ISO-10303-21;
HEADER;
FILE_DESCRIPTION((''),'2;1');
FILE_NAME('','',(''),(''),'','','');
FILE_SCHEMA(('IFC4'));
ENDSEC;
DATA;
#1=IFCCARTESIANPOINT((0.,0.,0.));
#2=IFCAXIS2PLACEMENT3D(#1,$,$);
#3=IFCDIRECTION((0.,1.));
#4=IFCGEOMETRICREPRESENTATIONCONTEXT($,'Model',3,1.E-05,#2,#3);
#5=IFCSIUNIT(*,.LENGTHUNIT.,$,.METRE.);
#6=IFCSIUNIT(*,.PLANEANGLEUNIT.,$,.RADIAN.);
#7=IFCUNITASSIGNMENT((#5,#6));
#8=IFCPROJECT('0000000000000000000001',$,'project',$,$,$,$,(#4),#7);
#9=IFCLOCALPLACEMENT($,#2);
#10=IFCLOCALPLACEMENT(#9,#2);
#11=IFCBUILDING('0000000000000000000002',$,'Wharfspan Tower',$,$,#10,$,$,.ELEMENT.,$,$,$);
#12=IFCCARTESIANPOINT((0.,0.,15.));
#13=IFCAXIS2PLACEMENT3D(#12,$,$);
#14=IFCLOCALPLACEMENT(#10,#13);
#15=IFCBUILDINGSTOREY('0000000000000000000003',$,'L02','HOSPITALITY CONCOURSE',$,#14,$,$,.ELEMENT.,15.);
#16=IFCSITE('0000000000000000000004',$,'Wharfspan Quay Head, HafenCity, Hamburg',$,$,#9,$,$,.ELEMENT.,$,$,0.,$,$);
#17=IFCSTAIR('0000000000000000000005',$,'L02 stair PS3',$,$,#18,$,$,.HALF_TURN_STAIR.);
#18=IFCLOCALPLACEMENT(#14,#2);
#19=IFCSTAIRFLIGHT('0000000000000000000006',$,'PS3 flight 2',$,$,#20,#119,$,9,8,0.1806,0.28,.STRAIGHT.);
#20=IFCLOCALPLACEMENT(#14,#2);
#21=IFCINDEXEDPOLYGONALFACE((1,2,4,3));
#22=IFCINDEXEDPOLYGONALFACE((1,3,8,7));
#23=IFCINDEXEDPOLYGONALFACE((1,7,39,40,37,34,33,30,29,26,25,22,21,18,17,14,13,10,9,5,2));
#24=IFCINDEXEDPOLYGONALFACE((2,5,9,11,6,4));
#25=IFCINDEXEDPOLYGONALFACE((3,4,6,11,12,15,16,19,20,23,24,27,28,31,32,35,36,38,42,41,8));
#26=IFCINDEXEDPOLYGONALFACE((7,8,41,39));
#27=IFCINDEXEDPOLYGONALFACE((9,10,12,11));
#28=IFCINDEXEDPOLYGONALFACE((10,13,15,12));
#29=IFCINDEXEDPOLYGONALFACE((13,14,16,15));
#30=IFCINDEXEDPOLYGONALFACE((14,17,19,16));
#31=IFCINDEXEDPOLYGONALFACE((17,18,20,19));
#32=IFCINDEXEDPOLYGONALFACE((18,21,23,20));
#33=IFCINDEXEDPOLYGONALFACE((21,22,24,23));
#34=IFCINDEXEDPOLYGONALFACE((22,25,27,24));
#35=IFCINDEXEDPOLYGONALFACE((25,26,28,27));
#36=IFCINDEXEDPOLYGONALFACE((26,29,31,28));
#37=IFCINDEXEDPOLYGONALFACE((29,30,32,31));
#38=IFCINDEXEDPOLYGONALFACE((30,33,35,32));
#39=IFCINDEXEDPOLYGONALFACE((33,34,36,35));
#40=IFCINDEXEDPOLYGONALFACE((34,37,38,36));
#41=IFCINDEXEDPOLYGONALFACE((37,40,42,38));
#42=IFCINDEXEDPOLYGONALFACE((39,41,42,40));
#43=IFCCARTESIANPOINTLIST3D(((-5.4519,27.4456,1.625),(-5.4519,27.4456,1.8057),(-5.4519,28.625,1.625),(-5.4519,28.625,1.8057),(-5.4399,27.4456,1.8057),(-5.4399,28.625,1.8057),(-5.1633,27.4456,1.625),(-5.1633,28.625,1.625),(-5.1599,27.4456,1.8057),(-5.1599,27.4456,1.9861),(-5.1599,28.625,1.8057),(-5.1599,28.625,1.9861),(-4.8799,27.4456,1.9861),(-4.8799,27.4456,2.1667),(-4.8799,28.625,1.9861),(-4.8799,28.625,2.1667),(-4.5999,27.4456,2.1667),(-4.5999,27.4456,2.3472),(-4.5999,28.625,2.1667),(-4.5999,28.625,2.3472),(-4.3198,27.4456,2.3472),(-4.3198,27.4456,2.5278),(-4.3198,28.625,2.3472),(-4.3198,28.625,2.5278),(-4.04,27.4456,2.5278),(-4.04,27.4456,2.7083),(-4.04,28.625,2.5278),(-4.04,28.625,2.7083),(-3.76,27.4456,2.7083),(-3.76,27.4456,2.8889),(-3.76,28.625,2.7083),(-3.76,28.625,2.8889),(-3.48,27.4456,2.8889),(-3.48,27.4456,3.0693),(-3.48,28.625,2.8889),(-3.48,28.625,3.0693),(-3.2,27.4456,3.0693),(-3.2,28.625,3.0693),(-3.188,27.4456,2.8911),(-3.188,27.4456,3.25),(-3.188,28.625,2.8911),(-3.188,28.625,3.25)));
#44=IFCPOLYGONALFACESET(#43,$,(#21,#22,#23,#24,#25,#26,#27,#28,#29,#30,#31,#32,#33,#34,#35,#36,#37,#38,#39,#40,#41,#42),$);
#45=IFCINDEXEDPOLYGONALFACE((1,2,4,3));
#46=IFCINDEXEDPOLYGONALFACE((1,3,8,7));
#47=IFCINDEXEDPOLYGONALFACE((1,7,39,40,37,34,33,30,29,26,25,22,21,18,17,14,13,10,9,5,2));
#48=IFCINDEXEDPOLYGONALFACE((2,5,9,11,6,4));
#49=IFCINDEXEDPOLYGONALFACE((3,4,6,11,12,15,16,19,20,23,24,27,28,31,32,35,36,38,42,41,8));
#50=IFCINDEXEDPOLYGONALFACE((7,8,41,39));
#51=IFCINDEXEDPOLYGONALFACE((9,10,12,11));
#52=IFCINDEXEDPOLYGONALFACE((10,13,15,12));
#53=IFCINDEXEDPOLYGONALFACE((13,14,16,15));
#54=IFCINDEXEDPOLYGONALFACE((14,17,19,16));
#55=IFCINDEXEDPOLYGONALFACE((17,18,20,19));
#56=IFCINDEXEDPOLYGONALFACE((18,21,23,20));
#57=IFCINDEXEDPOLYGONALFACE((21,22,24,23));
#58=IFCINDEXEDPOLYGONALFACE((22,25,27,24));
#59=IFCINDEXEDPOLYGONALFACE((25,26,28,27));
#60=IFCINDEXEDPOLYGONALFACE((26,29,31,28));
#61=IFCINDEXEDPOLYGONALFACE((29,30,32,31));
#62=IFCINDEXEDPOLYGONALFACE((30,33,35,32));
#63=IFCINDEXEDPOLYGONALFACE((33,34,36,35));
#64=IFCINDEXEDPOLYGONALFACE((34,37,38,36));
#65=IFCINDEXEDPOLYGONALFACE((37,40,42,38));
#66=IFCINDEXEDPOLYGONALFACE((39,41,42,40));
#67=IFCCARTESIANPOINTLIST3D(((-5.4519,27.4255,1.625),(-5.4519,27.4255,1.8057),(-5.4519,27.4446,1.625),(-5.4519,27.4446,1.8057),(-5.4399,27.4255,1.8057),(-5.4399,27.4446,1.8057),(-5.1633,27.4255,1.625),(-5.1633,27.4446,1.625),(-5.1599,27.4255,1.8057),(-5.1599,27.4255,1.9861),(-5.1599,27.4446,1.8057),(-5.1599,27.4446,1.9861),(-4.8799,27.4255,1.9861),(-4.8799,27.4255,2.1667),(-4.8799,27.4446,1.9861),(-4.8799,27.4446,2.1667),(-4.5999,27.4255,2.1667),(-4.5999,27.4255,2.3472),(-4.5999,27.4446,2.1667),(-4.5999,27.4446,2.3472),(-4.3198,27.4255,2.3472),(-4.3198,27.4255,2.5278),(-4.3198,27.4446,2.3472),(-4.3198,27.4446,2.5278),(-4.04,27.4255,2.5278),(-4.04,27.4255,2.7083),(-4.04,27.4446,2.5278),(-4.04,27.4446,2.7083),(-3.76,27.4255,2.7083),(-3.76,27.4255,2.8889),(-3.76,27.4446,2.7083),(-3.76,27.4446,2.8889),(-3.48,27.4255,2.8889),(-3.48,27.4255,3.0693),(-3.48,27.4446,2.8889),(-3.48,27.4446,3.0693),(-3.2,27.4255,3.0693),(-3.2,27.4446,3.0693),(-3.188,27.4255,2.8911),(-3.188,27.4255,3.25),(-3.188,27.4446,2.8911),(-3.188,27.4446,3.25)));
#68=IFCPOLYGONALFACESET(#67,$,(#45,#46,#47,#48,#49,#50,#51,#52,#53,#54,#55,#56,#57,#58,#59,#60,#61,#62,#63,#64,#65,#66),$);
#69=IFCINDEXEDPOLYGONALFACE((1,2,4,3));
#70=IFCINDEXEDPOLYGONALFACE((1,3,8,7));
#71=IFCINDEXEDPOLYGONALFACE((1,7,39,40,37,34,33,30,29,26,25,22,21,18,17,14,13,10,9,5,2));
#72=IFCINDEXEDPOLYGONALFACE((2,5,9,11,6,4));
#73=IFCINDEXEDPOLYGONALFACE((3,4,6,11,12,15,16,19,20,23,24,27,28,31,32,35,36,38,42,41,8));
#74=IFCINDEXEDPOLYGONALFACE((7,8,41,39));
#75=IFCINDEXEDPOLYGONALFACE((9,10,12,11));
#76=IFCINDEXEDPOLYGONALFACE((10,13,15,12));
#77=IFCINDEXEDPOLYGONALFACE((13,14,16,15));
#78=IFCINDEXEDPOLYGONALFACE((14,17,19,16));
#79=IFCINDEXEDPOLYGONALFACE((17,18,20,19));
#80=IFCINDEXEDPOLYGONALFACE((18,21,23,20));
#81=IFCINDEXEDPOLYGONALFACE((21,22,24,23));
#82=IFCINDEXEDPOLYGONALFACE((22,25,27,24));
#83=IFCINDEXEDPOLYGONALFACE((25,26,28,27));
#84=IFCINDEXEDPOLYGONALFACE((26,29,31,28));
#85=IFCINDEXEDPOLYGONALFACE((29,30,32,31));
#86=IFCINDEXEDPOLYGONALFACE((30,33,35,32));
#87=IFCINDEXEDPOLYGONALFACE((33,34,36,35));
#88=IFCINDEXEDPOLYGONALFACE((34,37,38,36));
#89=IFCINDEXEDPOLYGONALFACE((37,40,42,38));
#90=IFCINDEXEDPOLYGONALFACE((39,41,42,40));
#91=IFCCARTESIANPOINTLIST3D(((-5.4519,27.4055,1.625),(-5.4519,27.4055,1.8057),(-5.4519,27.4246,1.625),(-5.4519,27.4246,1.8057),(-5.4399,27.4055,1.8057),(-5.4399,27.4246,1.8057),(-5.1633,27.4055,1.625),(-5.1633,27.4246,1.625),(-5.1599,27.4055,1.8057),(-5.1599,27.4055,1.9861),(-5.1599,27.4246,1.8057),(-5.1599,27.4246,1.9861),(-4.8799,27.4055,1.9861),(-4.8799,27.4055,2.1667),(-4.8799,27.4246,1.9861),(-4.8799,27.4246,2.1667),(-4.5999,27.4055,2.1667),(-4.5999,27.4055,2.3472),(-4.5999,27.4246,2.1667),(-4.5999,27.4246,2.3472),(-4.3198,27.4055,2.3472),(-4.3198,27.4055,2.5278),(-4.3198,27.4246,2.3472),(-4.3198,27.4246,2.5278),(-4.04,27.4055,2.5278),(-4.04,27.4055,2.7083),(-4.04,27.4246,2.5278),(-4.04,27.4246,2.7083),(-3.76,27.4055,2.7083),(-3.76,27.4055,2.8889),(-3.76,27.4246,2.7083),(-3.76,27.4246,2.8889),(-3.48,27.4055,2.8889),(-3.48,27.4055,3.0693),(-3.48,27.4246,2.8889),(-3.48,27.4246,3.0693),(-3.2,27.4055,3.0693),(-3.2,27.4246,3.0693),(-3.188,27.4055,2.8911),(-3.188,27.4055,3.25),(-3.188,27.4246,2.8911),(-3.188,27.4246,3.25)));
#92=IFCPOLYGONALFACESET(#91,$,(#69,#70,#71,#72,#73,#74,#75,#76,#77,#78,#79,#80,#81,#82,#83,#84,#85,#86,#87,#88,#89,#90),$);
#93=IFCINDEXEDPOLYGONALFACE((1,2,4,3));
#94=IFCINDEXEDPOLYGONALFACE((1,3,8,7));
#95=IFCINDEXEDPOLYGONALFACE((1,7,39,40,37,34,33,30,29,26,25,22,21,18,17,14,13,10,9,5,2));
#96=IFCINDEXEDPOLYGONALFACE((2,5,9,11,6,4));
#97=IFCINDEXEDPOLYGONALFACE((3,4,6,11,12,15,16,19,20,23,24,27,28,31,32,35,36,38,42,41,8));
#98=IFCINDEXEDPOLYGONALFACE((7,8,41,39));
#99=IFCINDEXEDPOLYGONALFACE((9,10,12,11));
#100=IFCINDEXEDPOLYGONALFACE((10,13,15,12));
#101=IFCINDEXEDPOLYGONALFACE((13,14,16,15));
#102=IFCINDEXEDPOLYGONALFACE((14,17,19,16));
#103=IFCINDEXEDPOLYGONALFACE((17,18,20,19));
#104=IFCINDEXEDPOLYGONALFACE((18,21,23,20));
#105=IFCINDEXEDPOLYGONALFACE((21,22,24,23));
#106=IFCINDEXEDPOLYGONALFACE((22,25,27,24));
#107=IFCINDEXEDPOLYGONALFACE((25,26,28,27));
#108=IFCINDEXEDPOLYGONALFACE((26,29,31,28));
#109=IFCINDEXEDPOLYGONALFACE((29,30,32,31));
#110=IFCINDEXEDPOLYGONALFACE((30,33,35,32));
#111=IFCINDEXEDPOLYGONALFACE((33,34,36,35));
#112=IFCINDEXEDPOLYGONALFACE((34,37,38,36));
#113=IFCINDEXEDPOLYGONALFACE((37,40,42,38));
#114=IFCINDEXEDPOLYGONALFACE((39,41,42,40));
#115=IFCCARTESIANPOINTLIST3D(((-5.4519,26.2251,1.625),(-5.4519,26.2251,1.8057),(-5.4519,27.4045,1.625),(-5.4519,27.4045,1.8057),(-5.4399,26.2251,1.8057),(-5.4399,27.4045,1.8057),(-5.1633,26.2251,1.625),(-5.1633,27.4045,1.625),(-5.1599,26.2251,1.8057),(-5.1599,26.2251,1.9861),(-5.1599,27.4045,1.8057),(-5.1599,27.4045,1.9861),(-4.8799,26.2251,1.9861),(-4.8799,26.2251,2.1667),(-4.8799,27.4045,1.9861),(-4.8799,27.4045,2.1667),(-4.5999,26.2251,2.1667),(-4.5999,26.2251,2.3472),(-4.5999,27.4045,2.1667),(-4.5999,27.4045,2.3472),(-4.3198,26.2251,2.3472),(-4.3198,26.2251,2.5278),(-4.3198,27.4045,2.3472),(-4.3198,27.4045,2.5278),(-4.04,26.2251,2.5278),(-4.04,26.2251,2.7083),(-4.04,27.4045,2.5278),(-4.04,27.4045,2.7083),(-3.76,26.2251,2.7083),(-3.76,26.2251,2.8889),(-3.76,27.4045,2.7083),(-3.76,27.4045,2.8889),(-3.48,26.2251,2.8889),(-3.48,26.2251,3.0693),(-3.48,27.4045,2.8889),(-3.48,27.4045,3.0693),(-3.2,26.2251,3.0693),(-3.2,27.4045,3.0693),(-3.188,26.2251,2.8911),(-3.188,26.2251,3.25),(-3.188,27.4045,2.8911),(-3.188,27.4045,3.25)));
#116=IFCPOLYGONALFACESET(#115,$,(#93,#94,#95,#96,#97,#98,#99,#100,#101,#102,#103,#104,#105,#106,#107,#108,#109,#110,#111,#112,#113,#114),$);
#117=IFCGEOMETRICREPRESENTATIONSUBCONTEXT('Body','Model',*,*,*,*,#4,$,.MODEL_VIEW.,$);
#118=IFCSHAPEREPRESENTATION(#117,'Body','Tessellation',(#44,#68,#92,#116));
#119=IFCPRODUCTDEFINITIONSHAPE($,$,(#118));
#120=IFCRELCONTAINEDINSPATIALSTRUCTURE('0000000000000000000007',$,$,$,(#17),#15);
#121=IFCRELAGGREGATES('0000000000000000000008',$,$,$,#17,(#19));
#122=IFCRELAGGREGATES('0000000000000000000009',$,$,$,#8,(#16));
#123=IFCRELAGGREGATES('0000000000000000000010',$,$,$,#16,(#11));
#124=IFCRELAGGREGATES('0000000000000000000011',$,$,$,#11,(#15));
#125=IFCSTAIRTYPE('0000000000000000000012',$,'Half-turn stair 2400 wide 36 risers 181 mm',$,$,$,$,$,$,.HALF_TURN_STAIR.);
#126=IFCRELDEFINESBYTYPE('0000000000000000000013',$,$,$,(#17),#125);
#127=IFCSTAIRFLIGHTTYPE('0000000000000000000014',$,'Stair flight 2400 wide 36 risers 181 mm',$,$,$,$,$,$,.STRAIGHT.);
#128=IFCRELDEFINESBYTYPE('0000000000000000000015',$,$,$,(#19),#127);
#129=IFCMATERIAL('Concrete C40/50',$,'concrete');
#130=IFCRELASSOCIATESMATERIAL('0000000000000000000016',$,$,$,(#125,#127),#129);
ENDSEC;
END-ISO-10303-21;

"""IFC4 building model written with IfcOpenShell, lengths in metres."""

from ifc_helpers import new_model, si_unit, direction, frame, origin, place, context, subcontext, project, spatial, polyline, outline, extrude, material, type_object, element, aggregate, save


model = new_model("IFC4")

# Units and contexts
model_context = context("Model", 3, precision=1e-05, world=origin(), true_north=direction((0.0, 1.0)))
body_context = subcontext(model_context, "Body", "Model", "MODEL_VIEW")
ifc_project = project(units=[si_unit("LENGTHUNIT", "METRE"), si_unit("PLANEANGLEUNIT", "RADIAN")], contexts=[model_context])

# Site, building, storey
site_placement = place(None, origin())
site = spatial("IfcSite", under=ifc_project, at=site_placement, Name="Wharfspan Quay Head, HafenCity, Hamburg", CompositionType="ELEMENT", RefElevation=0.0)
building_placement = place(site_placement, origin())
building = spatial("IfcBuilding", under=site, at=building_placement, Name="Wharfspan Tower", CompositionType="ELEMENT")
storey_placement = place(building_placement, frame((0.0, 0.0, 15.0)))
storey = spatial("IfcBuildingStorey", under=building, at=storey_placement, Name="L02", Description="HOSPITALITY CONCOURSE", CompositionType="ELEMENT", Elevation=15.0)

# Stair, stair flight
ifc_material_1 = material(Name="Concrete C40/50", Category="concrete")
stair_type = type_object("IfcStairType", Name="Half-turn stair 2400 wide 36 risers 181 mm", PredefinedType="HALF_TURN_STAIR", material=ifc_material_1)
stair_flight_type = type_object("IfcStairFlightType", Name="Stair flight 2400 wide 36 risers 181 mm", PredefinedType="STRAIGHT", material=ifc_material_1)
stair_1_placement = place(storey_placement, origin())
stair_1 = element("IfcStair", 1, at=stair_1_placement, inside=storey, type_object=stair_type, Name="L02 stair PS3", PredefinedType="HALF_TURN_STAIR")
stair_flight_1_placement = place(storey_placement, frame((-5.4399, 27.425, 1.625), z_axis=(0.0, 0.0, 1.0), x_axis=(1.0, 0.0, 0.0)))
stair_flight_1 = element("IfcStairFlight", 2, at=stair_flight_1_placement, type_object=stair_flight_type, Name="PS3 flight 2", NumberOfRisers=9, NumberOfTreads=8, PredefinedType="STRAIGHT", RiserHeight=0.1806, TreadLength=0.28, context=body_context, shape_type="SweptSolid", body=[
    extrude(outline(polyline([(-0.012, 0.0), (-0.012, 0.1807), (0.0, 0.1807), (0.28, 0.1807), (0.28, 0.3611), (0.5601, 0.3611), (0.5601, 0.5417), (0.8401, 0.5417), (0.8401, 0.7222), (1.1201, 0.7222), (1.1201, 0.9028), (1.3999, 0.9028), (1.3999, 1.0833), (1.6799, 1.0833), (1.6799, 1.2639), (1.96, 1.2639), (1.96, 1.4443), (2.24, 1.4443), (2.252, 1.625), (2.252, 1.2661), (0.2766, 0.0), (-0.012, 0.0)])), frame((0.0, 1.2, 0.0), z_axis=(0.0, -1.0, 0.0), x_axis=(1.0, 0.0, 0.0)), (0.0, 0.0, 1.0), 1.1794),
    extrude(outline(polyline([(-0.012, 0.0), (-0.012, 0.1807), (0.0, 0.1807), (0.28, 0.1807), (0.28, 0.3611), (0.5601, 0.3611), (0.5601, 0.5417), (0.8401, 0.5417), (0.8401, 0.7222), (1.1201, 0.7222), (1.1201, 0.9028), (1.3999, 0.9028), (1.3999, 1.0833), (1.6799, 1.0833), (1.6799, 1.2639), (1.96, 1.2639), (1.96, 1.4443), (2.24, 1.4443), (2.252, 1.625), (2.252, 1.2661), (0.2766, 0.0), (-0.012, 0.0)])), frame((0.0, 0.0195, 0.0), z_axis=(0.0, -1.0, 0.0), x_axis=(1.0, 0.0, 0.0)), (0.0, 0.0, 1.0), 0.019),
    extrude(outline(polyline([(-0.012, 0.0), (-0.012, 0.1807), (0.0, 0.1807), (0.28, 0.1807), (0.28, 0.3611), (0.5601, 0.3611), (0.5601, 0.5417), (0.8401, 0.5417), (0.8401, 0.7222), (1.1201, 0.7222), (1.1201, 0.9028), (1.3999, 0.9028), (1.3999, 1.0833), (1.6799, 1.0833), (1.6799, 1.2639), (1.96, 1.2639), (1.96, 1.4443), (2.24, 1.4443), (2.252, 1.625), (2.252, 1.2661), (0.2766, 0.0), (-0.012, 0.0)])), frame((0.0, -0.0005, 0.0), z_axis=(0.0, -1.0, 0.0), x_axis=(1.0, 0.0, 0.0)), (0.0, 0.0, 1.0), 0.019),
    extrude(outline(polyline([(-0.012, 0.0), (-0.012, 0.1807), (0.0, 0.1807), (0.28, 0.1807), (0.28, 0.3611), (0.5601, 0.3611), (0.5601, 0.5417), (0.8401, 0.5417), (0.8401, 0.7222), (1.1201, 0.7222), (1.1201, 0.9028), (1.3999, 0.9028), (1.3999, 1.0833), (1.6799, 1.0833), (1.6799, 1.2639), (1.96, 1.2639), (1.96, 1.4443), (2.24, 1.4443), (2.252, 1.625), (2.252, 1.2661), (0.2766, 0.0), (-0.012, 0.0)])), frame((0.0, -0.0205, 0.0), z_axis=(0.0, -1.0, 0.0), x_axis=(1.0, 0.0, 0.0)), (0.0, 0.0, 1.0), 1.1794),
])
aggregate(stair_1, [stair_flight_1])

save(model, "model.ifc")
